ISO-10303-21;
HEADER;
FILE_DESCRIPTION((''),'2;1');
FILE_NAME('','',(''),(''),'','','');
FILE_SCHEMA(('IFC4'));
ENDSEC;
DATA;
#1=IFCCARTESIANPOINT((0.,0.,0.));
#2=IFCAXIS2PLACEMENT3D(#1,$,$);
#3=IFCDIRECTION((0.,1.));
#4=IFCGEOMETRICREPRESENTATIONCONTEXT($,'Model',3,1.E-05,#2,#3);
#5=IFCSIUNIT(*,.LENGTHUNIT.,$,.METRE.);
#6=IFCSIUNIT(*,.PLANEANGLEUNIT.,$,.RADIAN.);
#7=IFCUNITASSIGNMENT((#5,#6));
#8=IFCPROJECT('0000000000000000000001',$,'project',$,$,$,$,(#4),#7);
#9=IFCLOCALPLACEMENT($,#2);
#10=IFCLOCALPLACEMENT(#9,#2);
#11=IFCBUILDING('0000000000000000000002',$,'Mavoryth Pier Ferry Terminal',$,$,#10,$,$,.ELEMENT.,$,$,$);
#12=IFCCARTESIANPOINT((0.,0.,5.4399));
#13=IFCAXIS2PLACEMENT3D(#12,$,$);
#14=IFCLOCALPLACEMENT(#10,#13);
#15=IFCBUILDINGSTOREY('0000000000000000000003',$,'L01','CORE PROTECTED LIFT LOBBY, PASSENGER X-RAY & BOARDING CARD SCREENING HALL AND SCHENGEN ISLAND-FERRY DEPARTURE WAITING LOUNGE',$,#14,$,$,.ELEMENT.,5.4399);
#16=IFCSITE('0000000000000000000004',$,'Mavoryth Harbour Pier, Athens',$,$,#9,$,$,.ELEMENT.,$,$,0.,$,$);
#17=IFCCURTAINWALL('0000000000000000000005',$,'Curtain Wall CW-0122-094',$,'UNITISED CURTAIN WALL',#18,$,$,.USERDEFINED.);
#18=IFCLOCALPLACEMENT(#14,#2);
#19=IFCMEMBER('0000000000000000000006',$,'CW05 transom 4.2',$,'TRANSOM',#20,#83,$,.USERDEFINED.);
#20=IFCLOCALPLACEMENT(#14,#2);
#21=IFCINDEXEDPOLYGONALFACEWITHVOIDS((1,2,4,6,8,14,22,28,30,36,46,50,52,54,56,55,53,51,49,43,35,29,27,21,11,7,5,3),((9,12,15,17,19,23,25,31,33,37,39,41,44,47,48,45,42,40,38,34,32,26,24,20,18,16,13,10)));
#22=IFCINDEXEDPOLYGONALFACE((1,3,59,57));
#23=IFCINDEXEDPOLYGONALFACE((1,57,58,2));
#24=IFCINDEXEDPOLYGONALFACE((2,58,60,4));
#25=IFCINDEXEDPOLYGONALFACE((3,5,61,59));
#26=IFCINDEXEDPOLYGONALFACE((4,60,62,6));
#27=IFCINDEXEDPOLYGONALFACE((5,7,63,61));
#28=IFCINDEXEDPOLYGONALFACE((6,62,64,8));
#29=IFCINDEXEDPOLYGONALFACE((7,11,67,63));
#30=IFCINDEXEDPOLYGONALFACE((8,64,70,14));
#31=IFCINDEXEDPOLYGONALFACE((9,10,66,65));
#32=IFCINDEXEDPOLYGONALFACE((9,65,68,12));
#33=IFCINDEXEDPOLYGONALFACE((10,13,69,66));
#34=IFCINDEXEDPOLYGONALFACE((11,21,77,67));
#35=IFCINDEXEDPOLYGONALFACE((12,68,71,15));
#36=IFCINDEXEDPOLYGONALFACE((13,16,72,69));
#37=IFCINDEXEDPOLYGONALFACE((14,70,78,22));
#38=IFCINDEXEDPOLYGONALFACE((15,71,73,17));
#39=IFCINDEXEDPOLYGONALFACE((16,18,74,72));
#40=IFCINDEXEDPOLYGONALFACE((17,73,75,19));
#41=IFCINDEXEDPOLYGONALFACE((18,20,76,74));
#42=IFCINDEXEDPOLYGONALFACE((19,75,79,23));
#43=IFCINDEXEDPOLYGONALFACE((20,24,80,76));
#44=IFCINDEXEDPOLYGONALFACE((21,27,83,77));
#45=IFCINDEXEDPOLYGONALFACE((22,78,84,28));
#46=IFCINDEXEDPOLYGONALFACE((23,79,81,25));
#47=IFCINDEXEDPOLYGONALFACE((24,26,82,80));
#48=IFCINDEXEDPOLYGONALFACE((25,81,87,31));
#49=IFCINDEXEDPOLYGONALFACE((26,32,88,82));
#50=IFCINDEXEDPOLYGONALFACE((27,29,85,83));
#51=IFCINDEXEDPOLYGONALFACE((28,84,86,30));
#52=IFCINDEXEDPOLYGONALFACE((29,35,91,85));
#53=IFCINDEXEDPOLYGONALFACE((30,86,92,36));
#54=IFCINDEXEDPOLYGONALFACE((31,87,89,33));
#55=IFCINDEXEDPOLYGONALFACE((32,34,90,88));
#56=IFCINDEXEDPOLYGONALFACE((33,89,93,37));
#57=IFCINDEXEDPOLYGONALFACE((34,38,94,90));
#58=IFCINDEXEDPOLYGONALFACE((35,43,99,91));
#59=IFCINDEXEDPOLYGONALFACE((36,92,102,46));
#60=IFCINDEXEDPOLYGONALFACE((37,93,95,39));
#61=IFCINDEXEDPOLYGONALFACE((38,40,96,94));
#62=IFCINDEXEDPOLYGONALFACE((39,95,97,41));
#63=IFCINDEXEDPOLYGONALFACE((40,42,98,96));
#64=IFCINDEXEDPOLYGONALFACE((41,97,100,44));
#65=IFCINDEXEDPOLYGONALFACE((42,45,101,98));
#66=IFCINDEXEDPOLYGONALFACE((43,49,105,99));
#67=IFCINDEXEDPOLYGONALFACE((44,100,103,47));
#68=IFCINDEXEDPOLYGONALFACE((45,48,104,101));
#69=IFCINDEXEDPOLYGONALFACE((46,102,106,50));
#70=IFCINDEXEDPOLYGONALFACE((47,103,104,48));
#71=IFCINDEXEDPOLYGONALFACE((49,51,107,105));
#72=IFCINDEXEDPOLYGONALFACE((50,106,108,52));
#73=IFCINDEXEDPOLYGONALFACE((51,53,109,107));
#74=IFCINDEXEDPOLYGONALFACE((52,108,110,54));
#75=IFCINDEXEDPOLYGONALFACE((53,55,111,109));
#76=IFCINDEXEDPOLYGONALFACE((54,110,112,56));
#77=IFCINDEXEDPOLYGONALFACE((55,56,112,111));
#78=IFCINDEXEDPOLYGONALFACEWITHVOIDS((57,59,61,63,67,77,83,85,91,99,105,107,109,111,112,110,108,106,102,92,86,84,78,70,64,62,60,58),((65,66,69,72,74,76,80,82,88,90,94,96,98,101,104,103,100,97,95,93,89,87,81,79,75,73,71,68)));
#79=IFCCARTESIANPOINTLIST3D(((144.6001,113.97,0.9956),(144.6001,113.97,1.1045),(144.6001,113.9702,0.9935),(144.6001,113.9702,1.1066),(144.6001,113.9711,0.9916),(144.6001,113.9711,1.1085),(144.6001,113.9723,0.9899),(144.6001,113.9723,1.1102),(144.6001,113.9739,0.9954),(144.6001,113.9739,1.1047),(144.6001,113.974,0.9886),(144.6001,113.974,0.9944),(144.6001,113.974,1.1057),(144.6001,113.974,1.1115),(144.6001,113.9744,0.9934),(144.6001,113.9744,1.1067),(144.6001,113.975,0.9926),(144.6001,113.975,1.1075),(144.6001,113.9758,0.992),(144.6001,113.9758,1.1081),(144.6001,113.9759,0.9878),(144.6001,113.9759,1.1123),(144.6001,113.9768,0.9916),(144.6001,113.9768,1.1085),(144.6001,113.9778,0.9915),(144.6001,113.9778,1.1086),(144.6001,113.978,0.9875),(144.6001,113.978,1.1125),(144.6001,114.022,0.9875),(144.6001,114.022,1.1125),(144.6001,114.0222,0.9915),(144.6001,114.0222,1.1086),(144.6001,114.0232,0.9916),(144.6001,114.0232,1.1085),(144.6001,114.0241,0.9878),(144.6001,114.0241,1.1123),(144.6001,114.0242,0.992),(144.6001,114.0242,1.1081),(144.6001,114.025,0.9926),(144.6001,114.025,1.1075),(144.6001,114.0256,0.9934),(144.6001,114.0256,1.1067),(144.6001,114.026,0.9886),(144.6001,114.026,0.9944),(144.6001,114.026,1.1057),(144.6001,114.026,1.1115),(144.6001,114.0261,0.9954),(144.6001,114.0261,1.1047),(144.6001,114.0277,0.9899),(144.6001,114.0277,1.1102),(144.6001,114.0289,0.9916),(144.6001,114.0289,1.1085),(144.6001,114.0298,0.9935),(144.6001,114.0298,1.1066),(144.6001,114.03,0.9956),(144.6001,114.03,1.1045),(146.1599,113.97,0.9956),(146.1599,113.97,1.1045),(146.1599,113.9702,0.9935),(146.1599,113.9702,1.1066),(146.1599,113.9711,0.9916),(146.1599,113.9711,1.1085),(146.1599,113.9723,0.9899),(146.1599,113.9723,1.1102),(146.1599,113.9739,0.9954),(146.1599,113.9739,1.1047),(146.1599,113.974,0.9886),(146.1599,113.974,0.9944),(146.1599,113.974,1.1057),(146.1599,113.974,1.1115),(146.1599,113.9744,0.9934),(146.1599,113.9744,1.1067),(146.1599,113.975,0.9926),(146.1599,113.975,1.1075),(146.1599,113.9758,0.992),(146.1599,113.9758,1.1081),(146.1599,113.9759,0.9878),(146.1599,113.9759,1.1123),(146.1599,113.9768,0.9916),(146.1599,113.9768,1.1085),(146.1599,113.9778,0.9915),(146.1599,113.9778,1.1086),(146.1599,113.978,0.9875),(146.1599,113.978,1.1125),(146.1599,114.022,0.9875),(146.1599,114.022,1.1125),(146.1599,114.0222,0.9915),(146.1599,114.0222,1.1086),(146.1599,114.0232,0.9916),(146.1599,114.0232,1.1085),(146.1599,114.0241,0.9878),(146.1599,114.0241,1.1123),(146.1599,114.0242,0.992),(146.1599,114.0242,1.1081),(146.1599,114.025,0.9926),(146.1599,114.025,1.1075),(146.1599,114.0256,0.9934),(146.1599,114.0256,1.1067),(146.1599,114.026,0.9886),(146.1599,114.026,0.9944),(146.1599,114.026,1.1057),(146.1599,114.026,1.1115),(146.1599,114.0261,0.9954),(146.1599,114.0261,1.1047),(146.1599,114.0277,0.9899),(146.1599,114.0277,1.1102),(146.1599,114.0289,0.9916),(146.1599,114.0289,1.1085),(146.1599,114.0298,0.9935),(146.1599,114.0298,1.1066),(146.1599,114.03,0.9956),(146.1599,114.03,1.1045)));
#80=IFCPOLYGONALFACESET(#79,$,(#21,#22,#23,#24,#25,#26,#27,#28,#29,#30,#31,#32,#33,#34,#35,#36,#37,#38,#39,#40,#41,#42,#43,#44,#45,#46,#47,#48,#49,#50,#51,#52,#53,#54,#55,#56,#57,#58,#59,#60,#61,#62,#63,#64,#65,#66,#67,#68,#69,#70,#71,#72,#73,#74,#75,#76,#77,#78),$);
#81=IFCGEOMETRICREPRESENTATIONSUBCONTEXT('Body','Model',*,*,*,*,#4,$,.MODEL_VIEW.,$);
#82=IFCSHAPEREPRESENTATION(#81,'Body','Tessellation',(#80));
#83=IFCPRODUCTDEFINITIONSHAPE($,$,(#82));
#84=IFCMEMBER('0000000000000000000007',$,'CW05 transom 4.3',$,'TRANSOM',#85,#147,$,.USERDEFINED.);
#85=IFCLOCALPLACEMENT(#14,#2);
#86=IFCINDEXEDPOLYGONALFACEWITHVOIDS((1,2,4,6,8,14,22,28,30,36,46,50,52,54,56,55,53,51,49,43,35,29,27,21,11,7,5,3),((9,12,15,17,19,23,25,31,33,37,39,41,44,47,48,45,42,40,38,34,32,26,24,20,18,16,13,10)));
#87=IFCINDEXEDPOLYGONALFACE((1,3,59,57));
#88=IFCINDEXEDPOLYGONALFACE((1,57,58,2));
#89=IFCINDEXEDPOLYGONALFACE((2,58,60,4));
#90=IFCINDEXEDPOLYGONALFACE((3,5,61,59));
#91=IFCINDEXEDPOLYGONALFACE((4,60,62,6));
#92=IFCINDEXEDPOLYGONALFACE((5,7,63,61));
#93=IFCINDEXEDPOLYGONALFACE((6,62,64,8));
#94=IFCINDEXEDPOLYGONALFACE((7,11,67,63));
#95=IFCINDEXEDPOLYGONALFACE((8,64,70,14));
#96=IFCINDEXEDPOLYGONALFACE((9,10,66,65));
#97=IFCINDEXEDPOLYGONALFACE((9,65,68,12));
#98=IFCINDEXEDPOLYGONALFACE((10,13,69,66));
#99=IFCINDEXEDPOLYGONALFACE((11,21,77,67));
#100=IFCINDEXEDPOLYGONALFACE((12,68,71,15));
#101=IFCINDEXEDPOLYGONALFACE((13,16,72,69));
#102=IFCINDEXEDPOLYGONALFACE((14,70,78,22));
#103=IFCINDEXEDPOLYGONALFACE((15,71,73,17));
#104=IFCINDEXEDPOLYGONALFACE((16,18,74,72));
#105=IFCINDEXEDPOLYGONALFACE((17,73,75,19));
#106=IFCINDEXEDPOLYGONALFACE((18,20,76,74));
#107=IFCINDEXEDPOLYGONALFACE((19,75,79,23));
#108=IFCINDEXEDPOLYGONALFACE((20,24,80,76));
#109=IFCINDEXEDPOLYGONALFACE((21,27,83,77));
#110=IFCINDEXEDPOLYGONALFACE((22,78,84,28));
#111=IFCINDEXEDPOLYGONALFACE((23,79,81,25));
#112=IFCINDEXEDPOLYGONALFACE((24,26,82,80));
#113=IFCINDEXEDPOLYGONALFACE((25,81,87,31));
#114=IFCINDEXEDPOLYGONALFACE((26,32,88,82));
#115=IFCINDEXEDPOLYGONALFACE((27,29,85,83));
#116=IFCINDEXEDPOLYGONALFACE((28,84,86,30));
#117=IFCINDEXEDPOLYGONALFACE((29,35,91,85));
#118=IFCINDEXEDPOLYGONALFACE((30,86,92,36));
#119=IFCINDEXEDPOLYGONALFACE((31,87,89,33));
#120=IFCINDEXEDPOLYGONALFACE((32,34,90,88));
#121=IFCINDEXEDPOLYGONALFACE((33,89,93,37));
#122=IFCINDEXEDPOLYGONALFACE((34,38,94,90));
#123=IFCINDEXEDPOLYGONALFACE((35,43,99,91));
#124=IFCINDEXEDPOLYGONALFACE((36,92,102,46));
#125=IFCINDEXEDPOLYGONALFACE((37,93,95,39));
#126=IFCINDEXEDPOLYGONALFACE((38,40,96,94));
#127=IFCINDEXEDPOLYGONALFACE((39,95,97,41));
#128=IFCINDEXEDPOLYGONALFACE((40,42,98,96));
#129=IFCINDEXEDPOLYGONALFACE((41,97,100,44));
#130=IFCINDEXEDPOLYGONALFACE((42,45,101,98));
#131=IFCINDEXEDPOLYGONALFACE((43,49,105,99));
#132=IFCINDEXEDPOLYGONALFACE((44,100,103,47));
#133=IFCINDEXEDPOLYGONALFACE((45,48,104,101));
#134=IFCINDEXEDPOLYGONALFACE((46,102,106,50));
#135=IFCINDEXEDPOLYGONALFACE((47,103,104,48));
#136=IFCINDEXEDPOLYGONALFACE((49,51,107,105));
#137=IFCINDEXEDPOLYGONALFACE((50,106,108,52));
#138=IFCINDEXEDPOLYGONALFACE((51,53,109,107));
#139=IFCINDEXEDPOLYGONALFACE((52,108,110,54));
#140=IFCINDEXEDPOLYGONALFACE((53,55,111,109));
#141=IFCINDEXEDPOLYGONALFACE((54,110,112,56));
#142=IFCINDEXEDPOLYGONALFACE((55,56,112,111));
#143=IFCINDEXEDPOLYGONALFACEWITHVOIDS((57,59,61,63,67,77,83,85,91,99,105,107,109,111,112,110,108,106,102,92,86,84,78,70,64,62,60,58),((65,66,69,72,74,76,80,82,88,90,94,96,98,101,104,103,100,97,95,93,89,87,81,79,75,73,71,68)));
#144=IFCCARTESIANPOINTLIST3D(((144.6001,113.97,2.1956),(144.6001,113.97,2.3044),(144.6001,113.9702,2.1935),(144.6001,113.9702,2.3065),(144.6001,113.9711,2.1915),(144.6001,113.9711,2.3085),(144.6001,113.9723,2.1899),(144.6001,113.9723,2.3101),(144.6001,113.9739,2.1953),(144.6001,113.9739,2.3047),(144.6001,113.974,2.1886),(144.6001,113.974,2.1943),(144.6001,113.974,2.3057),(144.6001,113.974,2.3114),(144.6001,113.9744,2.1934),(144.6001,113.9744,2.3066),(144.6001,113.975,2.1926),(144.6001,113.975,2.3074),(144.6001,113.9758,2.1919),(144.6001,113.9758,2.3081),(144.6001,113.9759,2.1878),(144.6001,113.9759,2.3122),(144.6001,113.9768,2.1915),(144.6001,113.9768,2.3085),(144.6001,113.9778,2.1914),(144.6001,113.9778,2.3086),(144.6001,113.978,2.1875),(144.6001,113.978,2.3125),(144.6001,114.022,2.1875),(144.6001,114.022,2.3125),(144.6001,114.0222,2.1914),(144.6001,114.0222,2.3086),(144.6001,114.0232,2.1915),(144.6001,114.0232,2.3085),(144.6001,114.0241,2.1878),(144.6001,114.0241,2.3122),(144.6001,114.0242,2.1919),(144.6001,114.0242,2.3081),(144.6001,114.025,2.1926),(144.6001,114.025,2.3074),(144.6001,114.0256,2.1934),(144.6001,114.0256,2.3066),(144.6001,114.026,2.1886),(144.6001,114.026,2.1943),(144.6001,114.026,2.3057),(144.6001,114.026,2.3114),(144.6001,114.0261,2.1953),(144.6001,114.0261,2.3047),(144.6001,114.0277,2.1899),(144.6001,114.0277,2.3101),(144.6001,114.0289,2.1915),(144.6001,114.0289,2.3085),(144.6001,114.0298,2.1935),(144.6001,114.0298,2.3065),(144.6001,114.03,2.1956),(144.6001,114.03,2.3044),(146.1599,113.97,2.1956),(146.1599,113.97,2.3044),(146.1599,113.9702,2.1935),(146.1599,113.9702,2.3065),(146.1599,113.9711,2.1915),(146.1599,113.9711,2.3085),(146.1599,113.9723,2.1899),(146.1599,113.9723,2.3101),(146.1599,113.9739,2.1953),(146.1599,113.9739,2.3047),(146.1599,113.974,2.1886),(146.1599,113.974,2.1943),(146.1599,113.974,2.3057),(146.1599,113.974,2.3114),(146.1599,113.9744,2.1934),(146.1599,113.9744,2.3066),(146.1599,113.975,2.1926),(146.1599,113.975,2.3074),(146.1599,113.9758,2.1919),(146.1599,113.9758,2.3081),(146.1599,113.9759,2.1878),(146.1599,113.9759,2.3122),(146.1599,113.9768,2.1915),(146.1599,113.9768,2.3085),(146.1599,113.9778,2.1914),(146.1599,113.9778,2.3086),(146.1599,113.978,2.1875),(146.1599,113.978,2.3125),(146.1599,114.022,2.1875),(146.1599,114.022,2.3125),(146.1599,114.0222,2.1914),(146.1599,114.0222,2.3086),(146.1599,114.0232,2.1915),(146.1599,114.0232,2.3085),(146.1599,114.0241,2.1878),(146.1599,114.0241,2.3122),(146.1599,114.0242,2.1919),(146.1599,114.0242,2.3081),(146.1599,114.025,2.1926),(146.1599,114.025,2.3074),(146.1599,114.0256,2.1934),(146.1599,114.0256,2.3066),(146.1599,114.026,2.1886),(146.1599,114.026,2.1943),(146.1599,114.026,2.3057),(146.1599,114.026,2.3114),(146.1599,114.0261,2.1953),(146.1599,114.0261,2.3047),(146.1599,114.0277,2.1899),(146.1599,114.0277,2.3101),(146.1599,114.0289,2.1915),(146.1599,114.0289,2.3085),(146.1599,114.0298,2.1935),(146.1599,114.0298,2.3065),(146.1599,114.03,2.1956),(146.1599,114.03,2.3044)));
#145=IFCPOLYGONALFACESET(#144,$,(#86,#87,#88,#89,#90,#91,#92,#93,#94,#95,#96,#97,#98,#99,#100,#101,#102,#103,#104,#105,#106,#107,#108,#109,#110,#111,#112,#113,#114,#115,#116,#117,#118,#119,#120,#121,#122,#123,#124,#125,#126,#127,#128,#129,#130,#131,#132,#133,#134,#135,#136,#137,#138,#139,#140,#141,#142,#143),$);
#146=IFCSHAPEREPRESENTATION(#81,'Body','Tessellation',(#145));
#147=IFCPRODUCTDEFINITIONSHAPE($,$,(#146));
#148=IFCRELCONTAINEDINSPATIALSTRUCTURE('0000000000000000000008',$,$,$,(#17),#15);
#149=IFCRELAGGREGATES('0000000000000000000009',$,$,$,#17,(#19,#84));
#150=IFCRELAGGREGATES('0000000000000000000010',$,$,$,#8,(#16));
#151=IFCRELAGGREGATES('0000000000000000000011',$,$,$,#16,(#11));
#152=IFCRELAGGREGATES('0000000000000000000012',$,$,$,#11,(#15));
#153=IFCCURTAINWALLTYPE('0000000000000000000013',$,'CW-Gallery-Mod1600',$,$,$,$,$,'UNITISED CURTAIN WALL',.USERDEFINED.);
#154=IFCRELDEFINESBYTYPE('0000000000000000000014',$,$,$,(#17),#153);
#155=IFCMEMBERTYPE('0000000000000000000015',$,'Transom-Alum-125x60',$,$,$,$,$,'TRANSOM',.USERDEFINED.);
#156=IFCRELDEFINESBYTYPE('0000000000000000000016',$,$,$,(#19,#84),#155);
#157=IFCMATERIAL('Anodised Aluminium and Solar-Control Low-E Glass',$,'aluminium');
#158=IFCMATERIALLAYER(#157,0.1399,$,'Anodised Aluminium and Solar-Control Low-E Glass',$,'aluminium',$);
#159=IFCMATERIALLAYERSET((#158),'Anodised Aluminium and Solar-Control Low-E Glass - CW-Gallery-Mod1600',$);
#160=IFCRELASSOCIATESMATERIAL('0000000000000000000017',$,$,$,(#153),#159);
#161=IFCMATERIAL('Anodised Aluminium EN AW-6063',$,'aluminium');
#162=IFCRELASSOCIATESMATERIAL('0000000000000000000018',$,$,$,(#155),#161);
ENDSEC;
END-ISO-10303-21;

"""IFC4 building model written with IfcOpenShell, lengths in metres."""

from ifc_helpers import new_model, si_unit, direction, frame, origin, origin_2d, place, context, subcontext, project, spatial, hollow_rectangle, extrude, material, layer, layer_set, material_profile, profile_set, type_object, element, aggregate, save


model = new_model("IFC4")

# Units and contexts
model_context = context("Model", 3, precision=1e-05, world=origin(), true_north=direction((0.0, 1.0)))
body_context = subcontext(model_context, "Body", "Model", "MODEL_VIEW")
ifc_project = project(units=[si_unit("LENGTHUNIT", "METRE"), si_unit("PLANEANGLEUNIT", "RADIAN")], contexts=[model_context])

# Site, building, storey
site_placement = place(None, origin())
site = spatial("IfcSite", under=ifc_project, at=site_placement, Name="Mavoryth Harbour Pier, Athens", CompositionType="ELEMENT", RefElevation=0.0)
building_placement = place(site_placement, origin())
building = spatial("IfcBuilding", under=site, at=building_placement, Name="Mavoryth Pier Ferry Terminal", CompositionType="ELEMENT")
storey_placement = place(building_placement, frame((0.0, 0.0, 5.4399)))
storey = spatial("IfcBuildingStorey", under=building, at=storey_placement, Name="L01", Description="CORE PROTECTED LIFT LOBBY, PASSENGER X-RAY & BOARDING CARD SCREENING HALL AND SCHENGEN ISLAND-FERRY DEPARTURE WAITING LOUNGE", CompositionType="ELEMENT", Elevation=5.4399)

# Curtain wall, members
ifc_material_1 = material(Name="Anodised Aluminium and Solar-Control Low-E Glass", Category="aluminium")
ifc_layer_1 = layer(ifc_material_1, 0.1399, Name="Anodised Aluminium and Solar-Control Low-E Glass", Category="aluminium")
ifc_layer_set_1 = layer_set([ifc_layer_1], Name="Anodised Aluminium and Solar-Control Low-E Glass - CW-Gallery-Mod1600")
curtain_wall_type = type_object("IfcCurtainWallType", Name="CW-Gallery-Mod1600", ElementType="UNITISED CURTAIN WALL", PredefinedType="USERDEFINED", material=ifc_layer_set_1)
curtain_wall_placement = place(storey_placement, origin())
curtain_wall = element("IfcCurtainWall", 1, at=curtain_wall_placement, inside=storey, type_object=curtain_wall_type, Name="Curtain Wall CW-0122-094", ObjectType="UNITISED CURTAIN WALL", PredefinedType="USERDEFINED")
ifc_material_2 = material(Name="Anodised Aluminium EN AW-6063", Category="aluminium")
ifc_material_profile_1 = material_profile(ifc_material_2, hollow_rectangle(XDim=0.0601, YDim=0.125, WallThickness=0.0039, InnerFilletRadius=0.0039, OuterFilletRadius=0.0081, at=origin_2d()), Name="AL-TRAN 125x60x4", Category="aluminium")
ifc_profile_set_1 = profile_set([ifc_material_profile_1], Name="Anodised Aluminium EN AW-6063 - AL-TRAN 125x60x4")
member_type_1 = type_object("IfcMemberType", Name="Transom-Alum-125x60", ElementType="TRANSOM", PredefinedType="USERDEFINED", material=ifc_profile_set_1)
member_1_placement = place(storey_placement, frame((146.1599, 114.0, 1.05), z_axis=(-1.0, 0.0, 0.0), x_axis=(0.0, -1.0, 0.0)))
member_1 = element("IfcMember", 2, at=member_1_placement, type_object=member_type_1, Name="CW05 transom 4.2", ObjectType="TRANSOM", PredefinedType="USERDEFINED", context=body_context, shape_type="SweptSolid", body=[
    extrude(hollow_rectangle(XDim=0.0601, YDim=0.125, WallThickness=0.0039, InnerFilletRadius=0.0039, OuterFilletRadius=0.0081, at=origin_2d()), origin(), (0.0, 0.0, 1.0), 1.5598),
])
member_2_placement = place(storey_placement, frame((146.1599, 114.0, 2.25), z_axis=(-1.0, 0.0, 0.0), x_axis=(0.0, -1.0, 0.0)))
member_2 = element("IfcMember", 3, at=member_2_placement, type_object=member_type_1, Name="CW05 transom 4.3", ObjectType="TRANSOM", PredefinedType="USERDEFINED", context=body_context, shape_type="SweptSolid", body=[
    extrude(hollow_rectangle(XDim=0.0601, YDim=0.125, WallThickness=0.0039, InnerFilletRadius=0.0039, OuterFilletRadius=0.0081, at=origin_2d()), origin(), (0.0, 0.0, 1.0), 1.5598),
])
aggregate(curtain_wall, [member_1, member_2])

save(model, "model.ifc")
